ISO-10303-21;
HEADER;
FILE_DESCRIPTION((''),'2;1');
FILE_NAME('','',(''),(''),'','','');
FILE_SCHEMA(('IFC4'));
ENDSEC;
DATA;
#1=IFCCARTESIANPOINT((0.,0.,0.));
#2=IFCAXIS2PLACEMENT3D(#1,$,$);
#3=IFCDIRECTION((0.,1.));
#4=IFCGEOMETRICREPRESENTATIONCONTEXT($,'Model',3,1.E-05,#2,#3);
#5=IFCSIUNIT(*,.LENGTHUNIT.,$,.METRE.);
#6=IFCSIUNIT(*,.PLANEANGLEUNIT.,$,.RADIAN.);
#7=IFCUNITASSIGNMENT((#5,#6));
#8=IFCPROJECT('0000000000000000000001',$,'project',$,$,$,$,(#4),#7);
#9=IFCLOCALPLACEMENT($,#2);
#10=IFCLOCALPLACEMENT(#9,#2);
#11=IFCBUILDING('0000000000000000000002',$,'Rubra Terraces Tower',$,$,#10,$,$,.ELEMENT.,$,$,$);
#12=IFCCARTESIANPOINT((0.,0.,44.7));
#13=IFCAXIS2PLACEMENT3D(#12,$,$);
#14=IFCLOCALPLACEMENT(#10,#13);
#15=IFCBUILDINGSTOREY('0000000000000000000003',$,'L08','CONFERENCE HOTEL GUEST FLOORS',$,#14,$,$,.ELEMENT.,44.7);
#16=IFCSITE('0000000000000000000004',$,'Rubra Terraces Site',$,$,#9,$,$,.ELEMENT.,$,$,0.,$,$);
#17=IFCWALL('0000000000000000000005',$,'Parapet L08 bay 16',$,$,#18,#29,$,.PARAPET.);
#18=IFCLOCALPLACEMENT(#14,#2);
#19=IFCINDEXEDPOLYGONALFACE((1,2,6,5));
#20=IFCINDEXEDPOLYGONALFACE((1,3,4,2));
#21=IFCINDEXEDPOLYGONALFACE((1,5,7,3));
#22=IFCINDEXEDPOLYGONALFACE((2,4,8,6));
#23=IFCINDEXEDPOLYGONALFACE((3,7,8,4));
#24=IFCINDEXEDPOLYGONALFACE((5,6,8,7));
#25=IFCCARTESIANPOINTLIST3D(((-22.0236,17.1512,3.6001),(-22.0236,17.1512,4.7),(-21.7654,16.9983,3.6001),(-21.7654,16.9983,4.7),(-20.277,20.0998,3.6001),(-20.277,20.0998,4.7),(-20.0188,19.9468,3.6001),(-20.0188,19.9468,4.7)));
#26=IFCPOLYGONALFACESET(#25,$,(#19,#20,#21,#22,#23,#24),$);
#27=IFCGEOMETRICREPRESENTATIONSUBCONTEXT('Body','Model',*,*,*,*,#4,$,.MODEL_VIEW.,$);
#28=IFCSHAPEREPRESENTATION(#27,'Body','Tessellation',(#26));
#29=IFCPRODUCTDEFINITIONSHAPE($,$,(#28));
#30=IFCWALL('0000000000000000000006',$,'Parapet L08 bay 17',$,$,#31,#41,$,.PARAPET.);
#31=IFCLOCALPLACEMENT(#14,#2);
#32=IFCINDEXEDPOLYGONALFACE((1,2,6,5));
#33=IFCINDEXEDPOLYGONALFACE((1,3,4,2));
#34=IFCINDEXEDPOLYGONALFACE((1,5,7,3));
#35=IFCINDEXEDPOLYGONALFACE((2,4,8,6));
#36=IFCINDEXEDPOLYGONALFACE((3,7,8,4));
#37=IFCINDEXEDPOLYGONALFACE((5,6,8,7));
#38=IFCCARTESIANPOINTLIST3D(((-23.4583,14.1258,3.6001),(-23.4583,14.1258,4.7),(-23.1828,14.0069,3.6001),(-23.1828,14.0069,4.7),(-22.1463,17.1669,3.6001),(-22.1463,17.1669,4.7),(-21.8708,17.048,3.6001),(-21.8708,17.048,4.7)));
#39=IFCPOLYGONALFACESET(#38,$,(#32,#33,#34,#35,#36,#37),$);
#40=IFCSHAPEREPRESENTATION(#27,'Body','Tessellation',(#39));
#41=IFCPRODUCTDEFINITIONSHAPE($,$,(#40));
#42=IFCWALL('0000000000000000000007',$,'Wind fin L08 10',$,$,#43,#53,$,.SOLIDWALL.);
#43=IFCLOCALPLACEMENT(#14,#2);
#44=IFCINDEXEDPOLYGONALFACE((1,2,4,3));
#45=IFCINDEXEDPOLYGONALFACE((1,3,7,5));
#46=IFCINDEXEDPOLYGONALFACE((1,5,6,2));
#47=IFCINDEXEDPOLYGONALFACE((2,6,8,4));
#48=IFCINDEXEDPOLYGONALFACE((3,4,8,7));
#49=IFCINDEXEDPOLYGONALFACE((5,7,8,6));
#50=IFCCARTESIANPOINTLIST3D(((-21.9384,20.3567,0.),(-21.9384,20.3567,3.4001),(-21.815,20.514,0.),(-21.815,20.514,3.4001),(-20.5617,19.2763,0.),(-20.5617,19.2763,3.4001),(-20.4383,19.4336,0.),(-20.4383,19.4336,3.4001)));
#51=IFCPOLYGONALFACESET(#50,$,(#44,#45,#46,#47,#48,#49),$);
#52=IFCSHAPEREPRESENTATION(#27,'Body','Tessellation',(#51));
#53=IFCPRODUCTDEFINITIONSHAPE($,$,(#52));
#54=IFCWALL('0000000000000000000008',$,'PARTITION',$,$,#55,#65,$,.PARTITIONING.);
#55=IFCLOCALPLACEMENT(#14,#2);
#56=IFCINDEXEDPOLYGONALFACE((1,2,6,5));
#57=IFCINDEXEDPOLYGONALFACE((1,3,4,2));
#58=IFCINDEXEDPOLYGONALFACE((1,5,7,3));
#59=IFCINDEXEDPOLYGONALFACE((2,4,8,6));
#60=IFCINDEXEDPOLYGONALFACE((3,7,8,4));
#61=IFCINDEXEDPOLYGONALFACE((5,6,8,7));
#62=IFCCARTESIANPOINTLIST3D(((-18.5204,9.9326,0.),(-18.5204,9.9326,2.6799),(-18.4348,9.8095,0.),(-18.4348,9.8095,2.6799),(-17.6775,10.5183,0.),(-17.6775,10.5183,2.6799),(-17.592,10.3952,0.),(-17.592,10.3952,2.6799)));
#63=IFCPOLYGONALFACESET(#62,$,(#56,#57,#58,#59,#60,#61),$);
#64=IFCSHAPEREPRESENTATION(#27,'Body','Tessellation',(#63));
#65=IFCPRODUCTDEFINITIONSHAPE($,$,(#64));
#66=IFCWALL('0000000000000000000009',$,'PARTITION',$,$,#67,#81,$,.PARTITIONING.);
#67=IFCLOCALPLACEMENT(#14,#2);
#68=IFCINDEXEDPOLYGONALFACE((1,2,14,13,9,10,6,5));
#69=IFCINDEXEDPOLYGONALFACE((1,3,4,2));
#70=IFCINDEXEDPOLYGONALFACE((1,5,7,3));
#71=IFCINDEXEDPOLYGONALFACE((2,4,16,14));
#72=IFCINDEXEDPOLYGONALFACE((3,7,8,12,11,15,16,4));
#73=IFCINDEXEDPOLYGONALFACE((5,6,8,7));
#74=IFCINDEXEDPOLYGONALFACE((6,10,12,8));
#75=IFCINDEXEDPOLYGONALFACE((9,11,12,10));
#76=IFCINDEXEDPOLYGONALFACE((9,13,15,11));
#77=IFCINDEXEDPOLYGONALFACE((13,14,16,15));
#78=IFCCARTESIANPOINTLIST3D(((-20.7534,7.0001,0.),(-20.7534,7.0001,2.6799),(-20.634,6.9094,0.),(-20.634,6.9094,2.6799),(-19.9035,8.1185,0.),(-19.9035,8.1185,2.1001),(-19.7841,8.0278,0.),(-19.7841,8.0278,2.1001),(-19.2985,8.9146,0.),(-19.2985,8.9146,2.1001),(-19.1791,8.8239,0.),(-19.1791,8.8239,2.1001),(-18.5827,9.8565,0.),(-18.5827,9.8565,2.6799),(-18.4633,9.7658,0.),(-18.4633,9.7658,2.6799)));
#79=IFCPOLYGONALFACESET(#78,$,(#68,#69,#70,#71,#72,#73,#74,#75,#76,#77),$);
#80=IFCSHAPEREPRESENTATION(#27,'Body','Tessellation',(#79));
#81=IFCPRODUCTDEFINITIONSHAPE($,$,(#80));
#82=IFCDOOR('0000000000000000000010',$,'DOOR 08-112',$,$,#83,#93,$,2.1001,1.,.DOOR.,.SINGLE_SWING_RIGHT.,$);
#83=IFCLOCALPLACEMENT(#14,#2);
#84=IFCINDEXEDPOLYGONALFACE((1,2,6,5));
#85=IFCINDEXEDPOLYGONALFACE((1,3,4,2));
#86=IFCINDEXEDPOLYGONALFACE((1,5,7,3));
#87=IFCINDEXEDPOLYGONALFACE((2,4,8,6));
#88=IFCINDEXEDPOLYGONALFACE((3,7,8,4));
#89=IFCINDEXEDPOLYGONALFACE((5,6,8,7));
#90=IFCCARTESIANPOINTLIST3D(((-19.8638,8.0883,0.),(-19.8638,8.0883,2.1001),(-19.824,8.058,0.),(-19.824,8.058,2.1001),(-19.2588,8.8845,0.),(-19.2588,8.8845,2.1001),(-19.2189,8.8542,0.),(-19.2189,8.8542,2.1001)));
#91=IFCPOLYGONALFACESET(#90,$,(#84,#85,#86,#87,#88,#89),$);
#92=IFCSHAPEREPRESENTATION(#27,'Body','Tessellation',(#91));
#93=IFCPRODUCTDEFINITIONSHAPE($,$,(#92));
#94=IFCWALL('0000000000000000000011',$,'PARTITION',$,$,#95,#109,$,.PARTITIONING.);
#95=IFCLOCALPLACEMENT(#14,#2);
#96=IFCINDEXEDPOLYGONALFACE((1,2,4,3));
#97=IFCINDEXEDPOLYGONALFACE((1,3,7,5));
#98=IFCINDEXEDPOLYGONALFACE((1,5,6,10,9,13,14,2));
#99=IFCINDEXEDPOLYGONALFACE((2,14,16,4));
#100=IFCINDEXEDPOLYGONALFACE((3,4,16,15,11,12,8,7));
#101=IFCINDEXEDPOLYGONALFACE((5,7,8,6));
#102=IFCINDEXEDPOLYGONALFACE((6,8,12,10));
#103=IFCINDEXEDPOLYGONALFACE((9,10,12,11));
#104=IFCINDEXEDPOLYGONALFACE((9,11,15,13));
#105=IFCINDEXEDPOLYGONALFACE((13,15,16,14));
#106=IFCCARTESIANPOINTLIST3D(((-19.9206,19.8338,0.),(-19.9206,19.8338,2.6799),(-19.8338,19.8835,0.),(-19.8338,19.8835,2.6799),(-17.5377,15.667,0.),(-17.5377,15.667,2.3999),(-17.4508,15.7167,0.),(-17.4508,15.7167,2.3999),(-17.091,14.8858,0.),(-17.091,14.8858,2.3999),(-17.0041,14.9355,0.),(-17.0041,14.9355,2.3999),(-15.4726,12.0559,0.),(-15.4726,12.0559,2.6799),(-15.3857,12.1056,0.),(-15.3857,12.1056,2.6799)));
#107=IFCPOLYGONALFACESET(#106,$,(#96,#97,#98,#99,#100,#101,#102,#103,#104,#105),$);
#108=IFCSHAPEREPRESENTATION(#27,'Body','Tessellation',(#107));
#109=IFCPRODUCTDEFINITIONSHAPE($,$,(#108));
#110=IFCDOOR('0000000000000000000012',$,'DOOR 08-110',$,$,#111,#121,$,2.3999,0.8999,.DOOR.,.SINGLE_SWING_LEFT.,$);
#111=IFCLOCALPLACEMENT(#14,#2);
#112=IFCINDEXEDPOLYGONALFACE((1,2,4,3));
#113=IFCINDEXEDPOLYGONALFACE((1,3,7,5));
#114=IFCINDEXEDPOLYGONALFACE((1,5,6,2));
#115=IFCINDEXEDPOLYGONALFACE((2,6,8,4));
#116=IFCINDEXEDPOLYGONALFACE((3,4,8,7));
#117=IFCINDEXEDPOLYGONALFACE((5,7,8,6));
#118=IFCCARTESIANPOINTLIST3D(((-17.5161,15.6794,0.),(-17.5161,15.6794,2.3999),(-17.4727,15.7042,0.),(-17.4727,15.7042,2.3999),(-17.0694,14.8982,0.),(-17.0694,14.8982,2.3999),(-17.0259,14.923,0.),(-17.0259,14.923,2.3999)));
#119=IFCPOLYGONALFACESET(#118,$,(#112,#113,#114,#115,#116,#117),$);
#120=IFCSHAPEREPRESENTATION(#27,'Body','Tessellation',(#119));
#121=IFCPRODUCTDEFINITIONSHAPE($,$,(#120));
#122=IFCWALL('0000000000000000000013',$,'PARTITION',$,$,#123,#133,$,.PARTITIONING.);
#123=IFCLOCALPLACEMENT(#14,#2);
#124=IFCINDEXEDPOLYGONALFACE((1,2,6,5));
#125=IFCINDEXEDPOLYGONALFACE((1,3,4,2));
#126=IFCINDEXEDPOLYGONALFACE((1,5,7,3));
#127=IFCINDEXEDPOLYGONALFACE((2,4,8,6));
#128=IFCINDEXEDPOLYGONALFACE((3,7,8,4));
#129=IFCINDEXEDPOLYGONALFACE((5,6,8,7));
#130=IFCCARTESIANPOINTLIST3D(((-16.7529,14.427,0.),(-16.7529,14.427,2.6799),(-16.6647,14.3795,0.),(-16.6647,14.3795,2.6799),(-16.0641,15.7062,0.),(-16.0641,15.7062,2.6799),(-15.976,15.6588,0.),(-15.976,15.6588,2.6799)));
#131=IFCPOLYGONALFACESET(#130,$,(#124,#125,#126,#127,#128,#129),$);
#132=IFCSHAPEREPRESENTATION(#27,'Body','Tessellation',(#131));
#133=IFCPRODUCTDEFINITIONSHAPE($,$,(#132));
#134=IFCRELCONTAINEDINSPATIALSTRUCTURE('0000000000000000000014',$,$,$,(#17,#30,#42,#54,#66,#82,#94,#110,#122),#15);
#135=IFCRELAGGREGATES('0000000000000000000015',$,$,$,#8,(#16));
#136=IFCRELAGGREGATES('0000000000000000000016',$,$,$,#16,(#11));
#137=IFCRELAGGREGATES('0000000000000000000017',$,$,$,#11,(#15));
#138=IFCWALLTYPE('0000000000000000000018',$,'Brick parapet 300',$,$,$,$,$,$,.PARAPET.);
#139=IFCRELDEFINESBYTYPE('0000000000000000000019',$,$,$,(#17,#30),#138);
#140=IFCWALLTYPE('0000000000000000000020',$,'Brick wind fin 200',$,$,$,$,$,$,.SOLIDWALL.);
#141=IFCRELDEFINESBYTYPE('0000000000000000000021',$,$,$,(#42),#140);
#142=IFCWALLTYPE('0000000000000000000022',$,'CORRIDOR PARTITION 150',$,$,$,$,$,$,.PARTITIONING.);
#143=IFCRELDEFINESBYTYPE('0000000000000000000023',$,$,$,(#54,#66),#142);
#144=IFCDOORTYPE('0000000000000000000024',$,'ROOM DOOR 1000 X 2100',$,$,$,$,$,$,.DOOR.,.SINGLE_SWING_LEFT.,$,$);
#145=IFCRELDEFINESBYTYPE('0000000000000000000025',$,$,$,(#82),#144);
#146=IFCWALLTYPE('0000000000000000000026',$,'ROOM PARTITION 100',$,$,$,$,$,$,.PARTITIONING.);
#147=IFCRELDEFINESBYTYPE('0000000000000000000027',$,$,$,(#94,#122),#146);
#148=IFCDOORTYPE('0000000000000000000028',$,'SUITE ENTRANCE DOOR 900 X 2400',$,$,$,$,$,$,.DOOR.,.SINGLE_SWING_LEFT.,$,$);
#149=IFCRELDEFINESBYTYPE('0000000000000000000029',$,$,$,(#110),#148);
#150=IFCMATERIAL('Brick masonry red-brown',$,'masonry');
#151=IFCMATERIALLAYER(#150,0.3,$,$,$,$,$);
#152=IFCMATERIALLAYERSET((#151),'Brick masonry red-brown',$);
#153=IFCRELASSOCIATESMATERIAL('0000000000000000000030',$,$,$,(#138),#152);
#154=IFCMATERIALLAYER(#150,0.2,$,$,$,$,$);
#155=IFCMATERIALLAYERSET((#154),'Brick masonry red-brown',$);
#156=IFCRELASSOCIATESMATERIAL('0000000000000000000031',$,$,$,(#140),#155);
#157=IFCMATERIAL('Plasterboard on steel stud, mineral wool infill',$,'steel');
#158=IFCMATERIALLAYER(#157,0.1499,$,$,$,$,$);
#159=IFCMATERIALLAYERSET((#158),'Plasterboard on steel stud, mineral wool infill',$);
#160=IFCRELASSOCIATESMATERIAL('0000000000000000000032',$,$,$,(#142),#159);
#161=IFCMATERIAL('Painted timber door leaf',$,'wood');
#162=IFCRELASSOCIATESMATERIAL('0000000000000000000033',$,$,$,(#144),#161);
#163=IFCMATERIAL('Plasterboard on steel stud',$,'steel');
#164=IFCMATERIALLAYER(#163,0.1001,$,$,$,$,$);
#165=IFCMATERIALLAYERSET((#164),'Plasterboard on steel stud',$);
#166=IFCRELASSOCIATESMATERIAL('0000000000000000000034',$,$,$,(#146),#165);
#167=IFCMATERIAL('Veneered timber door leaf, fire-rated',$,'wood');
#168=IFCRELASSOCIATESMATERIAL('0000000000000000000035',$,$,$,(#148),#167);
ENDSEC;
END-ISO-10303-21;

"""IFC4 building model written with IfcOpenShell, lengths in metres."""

from ifc_helpers import new_model, si_unit, direction, frame, frame_2d, origin, place, context, subcontext, project, spatial, rectangle, extrude, material, layer, layer_set, type_object, element, fill, save


model = new_model("IFC4")

# Units and contexts
model_context = context("Model", 3, precision=1e-05, world=origin(), true_north=direction((0.0, 1.0)))
body_context = subcontext(model_context, "Body", "Model", "MODEL_VIEW")
ifc_project = project(units=[si_unit("LENGTHUNIT", "METRE"), si_unit("PLANEANGLEUNIT", "RADIAN")], contexts=[model_context])

# Site, building, storey
site_placement = place(None, origin())
site = spatial("IfcSite", under=ifc_project, at=site_placement, Name="Rubra Terraces Site", CompositionType="ELEMENT", RefElevation=0.0)
building_placement = place(site_placement, origin())
building = spatial("IfcBuilding", under=site, at=building_placement, Name="Rubra Terraces Tower", CompositionType="ELEMENT")
storey_placement = place(building_placement, frame((0.0, 0.0, 44.7)))
storey = spatial("IfcBuildingStorey", under=building, at=storey_placement, Name="L08", Description="CONFERENCE HOTEL GUEST FLOORS", CompositionType="ELEMENT", Elevation=44.7)

# Shared definitions
ifc_material_1 = material(Name="Brick masonry red-brown", Category="masonry")

# Walls
ifc_layer_1 = layer(ifc_material_1, 0.3)
ifc_layer_set_1 = layer_set([ifc_layer_1], Name="Brick masonry red-brown")
wall_type_1 = type_object("IfcWallType", Name="Brick parapet 300", PredefinedType="PARAPET", material=ifc_layer_set_1)
wall_1_placement = place(storey_placement, frame((-20.1479, 20.0232, 3.6001), z_axis=(0.0, 0.0, 1.0), x_axis=(-0.509658, -0.860377, 0.0)))
element("IfcWall", 1, at=wall_1_placement, inside=storey, type_object=wall_type_1, Name="Parapet L08 bay 16", PredefinedType="PARAPET", context=body_context, shape_type="SweptSolid", body=[
    extrude(rectangle(XDim=3.427, YDim=0.3, at=frame_2d((1.7134, 0.0))), origin(), (0.0, 0.0, 1.0), 1.0999),
])
wall_2_placement = place(storey_placement, frame((-22.0085, 17.1074, 3.6001), z_axis=(0.0, 0.0, 1.0), x_axis=(-0.396142, -0.918189, 0.0)))
element("IfcWall", 2, at=wall_2_placement, inside=storey, type_object=wall_type_1, Name="Parapet L08 bay 17", PredefinedType="PARAPET", context=body_context, shape_type="SweptSolid", body=[
    extrude(rectangle(XDim=3.312, YDim=0.3, at=frame_2d((1.656, 0.0))), origin(), (0.0, 0.0, 1.0), 1.0999),
])
ifc_layer_2 = layer(ifc_material_1, 0.2)
ifc_layer_set_2 = layer_set([ifc_layer_2], Name="Brick masonry red-brown")
wall_type_2 = type_object("IfcWallType", Name="Brick wind fin 200", PredefinedType="SOLIDWALL", material=ifc_layer_set_2)
wall_3_placement = place(storey_placement, frame((-20.5, 19.355, 0.0), z_axis=(0.0, 0.0, 1.0), x_axis=(-0.786701, 0.617335, 0.0)))
element("IfcWall", 3, at=wall_3_placement, inside=storey, type_object=wall_type_2, Name="Wind fin L08 10", PredefinedType="SOLIDWALL", context=body_context, shape_type="SweptSolid", body=[
    extrude(rectangle(XDim=1.75, YDim=0.2, at=frame_2d((0.875, 0.0))), origin(), (0.0, 0.0, 1.0), 3.4001),
])
ifc_material_2 = material(Name="Plasterboard on steel stud, mineral wool infill", Category="steel")
ifc_layer_3 = layer(ifc_material_2, 0.1499)
ifc_layer_set_3 = layer_set([ifc_layer_3], Name="Plasterboard on steel stud, mineral wool infill")
wall_type_3 = type_object("IfcWallType", Name="CORRIDOR PARTITION 150", PredefinedType="PARTITIONING", material=ifc_layer_set_3)
wall_4_placement = place(storey_placement, frame((-17.6348, 10.4568, 0.0), z_axis=(0.0, 0.0, 1.0), x_axis=(-0.821172, -0.570681, 0.0)))
element("IfcWall", 4, at=wall_4_placement, inside=storey, type_object=wall_type_3, Name="PARTITION", PredefinedType="PARTITIONING", context=body_context, shape_type="SweptSolid", body=[
    extrude(rectangle(XDim=1.0264, YDim=0.1499, at=frame_2d((0.5132, 0.0))), origin(), (0.0, 0.0, 1.0), 2.6799),
])

# Walls, openings, doors
wall_5_placement = place(storey_placement, frame((-18.5229, 9.8113, 0.0), z_axis=(0.0, 0.0, 1.0), x_axis=(-0.60504, -0.796195, 0.0)))
wall_5 = element("IfcWall", 5, at=wall_5_placement, inside=storey, type_object=wall_type_3, Name="PARTITION", PredefinedType="PARTITIONING", context=body_context, shape_type="SweptSolid", body=[
    extrude(rectangle(XDim=3.5876, YDim=0.1499, at=frame_2d((1.7939, 0.0))), origin(), (0.0, 0.0, 1.0), 2.6799),
])
opening_1_placement = place(wall_5_placement, frame((1.1831, 0.0, 0.0)))
opening_1 = element("IfcOpeningElement", 6, at=opening_1_placement, cuts=wall_5, PredefinedType="OPENING", context=body_context, shape_type="SweptSolid", body=[
    extrude(rectangle(XDim=1.0, YDim=2.1001, at=frame_2d((0.5, 1.05))), frame((0.0, 0.085, 0.0), z_axis=(0.0, -1.0, 0.0), x_axis=(1.0, 0.0, 0.0)), (0.0, 0.0, 1.0), 0.1699),
])
ifc_material_3 = material(Name="Painted timber door leaf", Category="wood")
door_type_1 = type_object("IfcDoorType", Name="ROOM DOOR 1000 X 2100", OperationType="SINGLE_SWING_LEFT", PredefinedType="DOOR", material=ifc_material_3)
door_1_placement = place(opening_1_placement, origin())
door_1 = element("IfcDoor", 7, at=door_1_placement, inside=storey, type_object=door_type_1, Name="DOOR 08-112", OperationType="SINGLE_SWING_RIGHT", OverallHeight=2.1001, OverallWidth=1.0, PredefinedType="DOOR", context=body_context, shape_type="SweptSolid", body=[
    extrude(rectangle(XDim=1.0, YDim=2.1001, at=frame_2d((0.5, 1.05))), frame((0.0, 0.0249, 0.0), z_axis=(0.0, -1.0, 0.0), x_axis=(1.0, 0.0, 0.0)), (0.0, 0.0, 1.0), 0.05),
])
fill(opening_1, door_1)
ifc_material_4 = material(Name="Plasterboard on steel stud", Category="steel")
ifc_layer_4 = layer(ifc_material_4, 0.1001)
ifc_layer_set_4 = layer_set([ifc_layer_4], Name="Plasterboard on steel stud")
wall_type_4 = type_object("IfcWallType", Name="ROOM PARTITION 100", PredefinedType="PARTITIONING", material=ifc_layer_set_4)
wall_6_placement = place(storey_placement, frame((-19.8772, 19.8586, 0.0), z_axis=(0.0, 0.0, 1.0), x_axis=(0.496435, -0.868074, 0.0)))
wall_6 = element("IfcWall", 8, at=wall_6_placement, inside=storey, type_object=wall_type_4, Name="PARTITION", PredefinedType="PARTITIONING", context=body_context, shape_type="SweptSolid", body=[
    extrude(rectangle(XDim=8.96, YDim=0.1001, at=frame_2d((4.48, 0.0))), origin(), (0.0, 0.0, 1.0), 2.6799),
])
opening_2_placement = place(wall_6_placement, frame((4.8, 0.0, 0.0)))
opening_2 = element("IfcOpeningElement", 9, at=opening_2_placement, cuts=wall_6, PredefinedType="OPENING", context=body_context, shape_type="SweptSolid", body=[
    extrude(rectangle(XDim=0.8999, YDim=2.3999, at=frame_2d((0.45, 1.2))), frame((0.0, 0.0601, 0.0), z_axis=(0.0, -1.0, 0.0), x_axis=(1.0, 0.0, 0.0)), (0.0, 0.0, 1.0), 0.1201),
])
ifc_material_5 = material(Name="Veneered timber door leaf, fire-rated", Category="wood")
door_type_2 = type_object("IfcDoorType", Name="SUITE ENTRANCE DOOR 900 X 2400", OperationType="SINGLE_SWING_LEFT", PredefinedType="DOOR", material=ifc_material_5)
door_2_placement = place(opening_2_placement, origin())
door_2 = element("IfcDoor", 10, at=door_2_placement, inside=storey, type_object=door_type_2, Name="DOOR 08-110", OperationType="SINGLE_SWING_LEFT", OverallHeight=2.3999, OverallWidth=0.8999, PredefinedType="DOOR", context=body_context, shape_type="SweptSolid", body=[
    extrude(rectangle(XDim=0.8999, YDim=2.3999, at=frame_2d((0.45, 1.2))), frame((0.0, 0.0249, 0.0), z_axis=(0.0, -1.0, 0.0), x_axis=(1.0, 0.0, 0.0)), (0.0, 0.0, 1.0), 0.05),
])
fill(opening_2, door_2)

# Wall
wall_7_placement = place(storey_placement, frame((-16.02, 15.6826, 0.0), z_axis=(0.0, 0.0, 1.0), x_axis=(-0.47403, -0.880509, 0.0)))
element("IfcWall", 11, at=wall_7_placement, inside=storey, type_object=wall_type_4, Name="PARTITION", PredefinedType="PARTITIONING", context=body_context, shape_type="SweptSolid", body=[
    extrude(rectangle(XDim=1.4529, YDim=0.1001, at=frame_2d((0.7266, 0.0))), origin(), (0.0, 0.0, 1.0), 2.6799),
])

save(model, "model.ifc")
